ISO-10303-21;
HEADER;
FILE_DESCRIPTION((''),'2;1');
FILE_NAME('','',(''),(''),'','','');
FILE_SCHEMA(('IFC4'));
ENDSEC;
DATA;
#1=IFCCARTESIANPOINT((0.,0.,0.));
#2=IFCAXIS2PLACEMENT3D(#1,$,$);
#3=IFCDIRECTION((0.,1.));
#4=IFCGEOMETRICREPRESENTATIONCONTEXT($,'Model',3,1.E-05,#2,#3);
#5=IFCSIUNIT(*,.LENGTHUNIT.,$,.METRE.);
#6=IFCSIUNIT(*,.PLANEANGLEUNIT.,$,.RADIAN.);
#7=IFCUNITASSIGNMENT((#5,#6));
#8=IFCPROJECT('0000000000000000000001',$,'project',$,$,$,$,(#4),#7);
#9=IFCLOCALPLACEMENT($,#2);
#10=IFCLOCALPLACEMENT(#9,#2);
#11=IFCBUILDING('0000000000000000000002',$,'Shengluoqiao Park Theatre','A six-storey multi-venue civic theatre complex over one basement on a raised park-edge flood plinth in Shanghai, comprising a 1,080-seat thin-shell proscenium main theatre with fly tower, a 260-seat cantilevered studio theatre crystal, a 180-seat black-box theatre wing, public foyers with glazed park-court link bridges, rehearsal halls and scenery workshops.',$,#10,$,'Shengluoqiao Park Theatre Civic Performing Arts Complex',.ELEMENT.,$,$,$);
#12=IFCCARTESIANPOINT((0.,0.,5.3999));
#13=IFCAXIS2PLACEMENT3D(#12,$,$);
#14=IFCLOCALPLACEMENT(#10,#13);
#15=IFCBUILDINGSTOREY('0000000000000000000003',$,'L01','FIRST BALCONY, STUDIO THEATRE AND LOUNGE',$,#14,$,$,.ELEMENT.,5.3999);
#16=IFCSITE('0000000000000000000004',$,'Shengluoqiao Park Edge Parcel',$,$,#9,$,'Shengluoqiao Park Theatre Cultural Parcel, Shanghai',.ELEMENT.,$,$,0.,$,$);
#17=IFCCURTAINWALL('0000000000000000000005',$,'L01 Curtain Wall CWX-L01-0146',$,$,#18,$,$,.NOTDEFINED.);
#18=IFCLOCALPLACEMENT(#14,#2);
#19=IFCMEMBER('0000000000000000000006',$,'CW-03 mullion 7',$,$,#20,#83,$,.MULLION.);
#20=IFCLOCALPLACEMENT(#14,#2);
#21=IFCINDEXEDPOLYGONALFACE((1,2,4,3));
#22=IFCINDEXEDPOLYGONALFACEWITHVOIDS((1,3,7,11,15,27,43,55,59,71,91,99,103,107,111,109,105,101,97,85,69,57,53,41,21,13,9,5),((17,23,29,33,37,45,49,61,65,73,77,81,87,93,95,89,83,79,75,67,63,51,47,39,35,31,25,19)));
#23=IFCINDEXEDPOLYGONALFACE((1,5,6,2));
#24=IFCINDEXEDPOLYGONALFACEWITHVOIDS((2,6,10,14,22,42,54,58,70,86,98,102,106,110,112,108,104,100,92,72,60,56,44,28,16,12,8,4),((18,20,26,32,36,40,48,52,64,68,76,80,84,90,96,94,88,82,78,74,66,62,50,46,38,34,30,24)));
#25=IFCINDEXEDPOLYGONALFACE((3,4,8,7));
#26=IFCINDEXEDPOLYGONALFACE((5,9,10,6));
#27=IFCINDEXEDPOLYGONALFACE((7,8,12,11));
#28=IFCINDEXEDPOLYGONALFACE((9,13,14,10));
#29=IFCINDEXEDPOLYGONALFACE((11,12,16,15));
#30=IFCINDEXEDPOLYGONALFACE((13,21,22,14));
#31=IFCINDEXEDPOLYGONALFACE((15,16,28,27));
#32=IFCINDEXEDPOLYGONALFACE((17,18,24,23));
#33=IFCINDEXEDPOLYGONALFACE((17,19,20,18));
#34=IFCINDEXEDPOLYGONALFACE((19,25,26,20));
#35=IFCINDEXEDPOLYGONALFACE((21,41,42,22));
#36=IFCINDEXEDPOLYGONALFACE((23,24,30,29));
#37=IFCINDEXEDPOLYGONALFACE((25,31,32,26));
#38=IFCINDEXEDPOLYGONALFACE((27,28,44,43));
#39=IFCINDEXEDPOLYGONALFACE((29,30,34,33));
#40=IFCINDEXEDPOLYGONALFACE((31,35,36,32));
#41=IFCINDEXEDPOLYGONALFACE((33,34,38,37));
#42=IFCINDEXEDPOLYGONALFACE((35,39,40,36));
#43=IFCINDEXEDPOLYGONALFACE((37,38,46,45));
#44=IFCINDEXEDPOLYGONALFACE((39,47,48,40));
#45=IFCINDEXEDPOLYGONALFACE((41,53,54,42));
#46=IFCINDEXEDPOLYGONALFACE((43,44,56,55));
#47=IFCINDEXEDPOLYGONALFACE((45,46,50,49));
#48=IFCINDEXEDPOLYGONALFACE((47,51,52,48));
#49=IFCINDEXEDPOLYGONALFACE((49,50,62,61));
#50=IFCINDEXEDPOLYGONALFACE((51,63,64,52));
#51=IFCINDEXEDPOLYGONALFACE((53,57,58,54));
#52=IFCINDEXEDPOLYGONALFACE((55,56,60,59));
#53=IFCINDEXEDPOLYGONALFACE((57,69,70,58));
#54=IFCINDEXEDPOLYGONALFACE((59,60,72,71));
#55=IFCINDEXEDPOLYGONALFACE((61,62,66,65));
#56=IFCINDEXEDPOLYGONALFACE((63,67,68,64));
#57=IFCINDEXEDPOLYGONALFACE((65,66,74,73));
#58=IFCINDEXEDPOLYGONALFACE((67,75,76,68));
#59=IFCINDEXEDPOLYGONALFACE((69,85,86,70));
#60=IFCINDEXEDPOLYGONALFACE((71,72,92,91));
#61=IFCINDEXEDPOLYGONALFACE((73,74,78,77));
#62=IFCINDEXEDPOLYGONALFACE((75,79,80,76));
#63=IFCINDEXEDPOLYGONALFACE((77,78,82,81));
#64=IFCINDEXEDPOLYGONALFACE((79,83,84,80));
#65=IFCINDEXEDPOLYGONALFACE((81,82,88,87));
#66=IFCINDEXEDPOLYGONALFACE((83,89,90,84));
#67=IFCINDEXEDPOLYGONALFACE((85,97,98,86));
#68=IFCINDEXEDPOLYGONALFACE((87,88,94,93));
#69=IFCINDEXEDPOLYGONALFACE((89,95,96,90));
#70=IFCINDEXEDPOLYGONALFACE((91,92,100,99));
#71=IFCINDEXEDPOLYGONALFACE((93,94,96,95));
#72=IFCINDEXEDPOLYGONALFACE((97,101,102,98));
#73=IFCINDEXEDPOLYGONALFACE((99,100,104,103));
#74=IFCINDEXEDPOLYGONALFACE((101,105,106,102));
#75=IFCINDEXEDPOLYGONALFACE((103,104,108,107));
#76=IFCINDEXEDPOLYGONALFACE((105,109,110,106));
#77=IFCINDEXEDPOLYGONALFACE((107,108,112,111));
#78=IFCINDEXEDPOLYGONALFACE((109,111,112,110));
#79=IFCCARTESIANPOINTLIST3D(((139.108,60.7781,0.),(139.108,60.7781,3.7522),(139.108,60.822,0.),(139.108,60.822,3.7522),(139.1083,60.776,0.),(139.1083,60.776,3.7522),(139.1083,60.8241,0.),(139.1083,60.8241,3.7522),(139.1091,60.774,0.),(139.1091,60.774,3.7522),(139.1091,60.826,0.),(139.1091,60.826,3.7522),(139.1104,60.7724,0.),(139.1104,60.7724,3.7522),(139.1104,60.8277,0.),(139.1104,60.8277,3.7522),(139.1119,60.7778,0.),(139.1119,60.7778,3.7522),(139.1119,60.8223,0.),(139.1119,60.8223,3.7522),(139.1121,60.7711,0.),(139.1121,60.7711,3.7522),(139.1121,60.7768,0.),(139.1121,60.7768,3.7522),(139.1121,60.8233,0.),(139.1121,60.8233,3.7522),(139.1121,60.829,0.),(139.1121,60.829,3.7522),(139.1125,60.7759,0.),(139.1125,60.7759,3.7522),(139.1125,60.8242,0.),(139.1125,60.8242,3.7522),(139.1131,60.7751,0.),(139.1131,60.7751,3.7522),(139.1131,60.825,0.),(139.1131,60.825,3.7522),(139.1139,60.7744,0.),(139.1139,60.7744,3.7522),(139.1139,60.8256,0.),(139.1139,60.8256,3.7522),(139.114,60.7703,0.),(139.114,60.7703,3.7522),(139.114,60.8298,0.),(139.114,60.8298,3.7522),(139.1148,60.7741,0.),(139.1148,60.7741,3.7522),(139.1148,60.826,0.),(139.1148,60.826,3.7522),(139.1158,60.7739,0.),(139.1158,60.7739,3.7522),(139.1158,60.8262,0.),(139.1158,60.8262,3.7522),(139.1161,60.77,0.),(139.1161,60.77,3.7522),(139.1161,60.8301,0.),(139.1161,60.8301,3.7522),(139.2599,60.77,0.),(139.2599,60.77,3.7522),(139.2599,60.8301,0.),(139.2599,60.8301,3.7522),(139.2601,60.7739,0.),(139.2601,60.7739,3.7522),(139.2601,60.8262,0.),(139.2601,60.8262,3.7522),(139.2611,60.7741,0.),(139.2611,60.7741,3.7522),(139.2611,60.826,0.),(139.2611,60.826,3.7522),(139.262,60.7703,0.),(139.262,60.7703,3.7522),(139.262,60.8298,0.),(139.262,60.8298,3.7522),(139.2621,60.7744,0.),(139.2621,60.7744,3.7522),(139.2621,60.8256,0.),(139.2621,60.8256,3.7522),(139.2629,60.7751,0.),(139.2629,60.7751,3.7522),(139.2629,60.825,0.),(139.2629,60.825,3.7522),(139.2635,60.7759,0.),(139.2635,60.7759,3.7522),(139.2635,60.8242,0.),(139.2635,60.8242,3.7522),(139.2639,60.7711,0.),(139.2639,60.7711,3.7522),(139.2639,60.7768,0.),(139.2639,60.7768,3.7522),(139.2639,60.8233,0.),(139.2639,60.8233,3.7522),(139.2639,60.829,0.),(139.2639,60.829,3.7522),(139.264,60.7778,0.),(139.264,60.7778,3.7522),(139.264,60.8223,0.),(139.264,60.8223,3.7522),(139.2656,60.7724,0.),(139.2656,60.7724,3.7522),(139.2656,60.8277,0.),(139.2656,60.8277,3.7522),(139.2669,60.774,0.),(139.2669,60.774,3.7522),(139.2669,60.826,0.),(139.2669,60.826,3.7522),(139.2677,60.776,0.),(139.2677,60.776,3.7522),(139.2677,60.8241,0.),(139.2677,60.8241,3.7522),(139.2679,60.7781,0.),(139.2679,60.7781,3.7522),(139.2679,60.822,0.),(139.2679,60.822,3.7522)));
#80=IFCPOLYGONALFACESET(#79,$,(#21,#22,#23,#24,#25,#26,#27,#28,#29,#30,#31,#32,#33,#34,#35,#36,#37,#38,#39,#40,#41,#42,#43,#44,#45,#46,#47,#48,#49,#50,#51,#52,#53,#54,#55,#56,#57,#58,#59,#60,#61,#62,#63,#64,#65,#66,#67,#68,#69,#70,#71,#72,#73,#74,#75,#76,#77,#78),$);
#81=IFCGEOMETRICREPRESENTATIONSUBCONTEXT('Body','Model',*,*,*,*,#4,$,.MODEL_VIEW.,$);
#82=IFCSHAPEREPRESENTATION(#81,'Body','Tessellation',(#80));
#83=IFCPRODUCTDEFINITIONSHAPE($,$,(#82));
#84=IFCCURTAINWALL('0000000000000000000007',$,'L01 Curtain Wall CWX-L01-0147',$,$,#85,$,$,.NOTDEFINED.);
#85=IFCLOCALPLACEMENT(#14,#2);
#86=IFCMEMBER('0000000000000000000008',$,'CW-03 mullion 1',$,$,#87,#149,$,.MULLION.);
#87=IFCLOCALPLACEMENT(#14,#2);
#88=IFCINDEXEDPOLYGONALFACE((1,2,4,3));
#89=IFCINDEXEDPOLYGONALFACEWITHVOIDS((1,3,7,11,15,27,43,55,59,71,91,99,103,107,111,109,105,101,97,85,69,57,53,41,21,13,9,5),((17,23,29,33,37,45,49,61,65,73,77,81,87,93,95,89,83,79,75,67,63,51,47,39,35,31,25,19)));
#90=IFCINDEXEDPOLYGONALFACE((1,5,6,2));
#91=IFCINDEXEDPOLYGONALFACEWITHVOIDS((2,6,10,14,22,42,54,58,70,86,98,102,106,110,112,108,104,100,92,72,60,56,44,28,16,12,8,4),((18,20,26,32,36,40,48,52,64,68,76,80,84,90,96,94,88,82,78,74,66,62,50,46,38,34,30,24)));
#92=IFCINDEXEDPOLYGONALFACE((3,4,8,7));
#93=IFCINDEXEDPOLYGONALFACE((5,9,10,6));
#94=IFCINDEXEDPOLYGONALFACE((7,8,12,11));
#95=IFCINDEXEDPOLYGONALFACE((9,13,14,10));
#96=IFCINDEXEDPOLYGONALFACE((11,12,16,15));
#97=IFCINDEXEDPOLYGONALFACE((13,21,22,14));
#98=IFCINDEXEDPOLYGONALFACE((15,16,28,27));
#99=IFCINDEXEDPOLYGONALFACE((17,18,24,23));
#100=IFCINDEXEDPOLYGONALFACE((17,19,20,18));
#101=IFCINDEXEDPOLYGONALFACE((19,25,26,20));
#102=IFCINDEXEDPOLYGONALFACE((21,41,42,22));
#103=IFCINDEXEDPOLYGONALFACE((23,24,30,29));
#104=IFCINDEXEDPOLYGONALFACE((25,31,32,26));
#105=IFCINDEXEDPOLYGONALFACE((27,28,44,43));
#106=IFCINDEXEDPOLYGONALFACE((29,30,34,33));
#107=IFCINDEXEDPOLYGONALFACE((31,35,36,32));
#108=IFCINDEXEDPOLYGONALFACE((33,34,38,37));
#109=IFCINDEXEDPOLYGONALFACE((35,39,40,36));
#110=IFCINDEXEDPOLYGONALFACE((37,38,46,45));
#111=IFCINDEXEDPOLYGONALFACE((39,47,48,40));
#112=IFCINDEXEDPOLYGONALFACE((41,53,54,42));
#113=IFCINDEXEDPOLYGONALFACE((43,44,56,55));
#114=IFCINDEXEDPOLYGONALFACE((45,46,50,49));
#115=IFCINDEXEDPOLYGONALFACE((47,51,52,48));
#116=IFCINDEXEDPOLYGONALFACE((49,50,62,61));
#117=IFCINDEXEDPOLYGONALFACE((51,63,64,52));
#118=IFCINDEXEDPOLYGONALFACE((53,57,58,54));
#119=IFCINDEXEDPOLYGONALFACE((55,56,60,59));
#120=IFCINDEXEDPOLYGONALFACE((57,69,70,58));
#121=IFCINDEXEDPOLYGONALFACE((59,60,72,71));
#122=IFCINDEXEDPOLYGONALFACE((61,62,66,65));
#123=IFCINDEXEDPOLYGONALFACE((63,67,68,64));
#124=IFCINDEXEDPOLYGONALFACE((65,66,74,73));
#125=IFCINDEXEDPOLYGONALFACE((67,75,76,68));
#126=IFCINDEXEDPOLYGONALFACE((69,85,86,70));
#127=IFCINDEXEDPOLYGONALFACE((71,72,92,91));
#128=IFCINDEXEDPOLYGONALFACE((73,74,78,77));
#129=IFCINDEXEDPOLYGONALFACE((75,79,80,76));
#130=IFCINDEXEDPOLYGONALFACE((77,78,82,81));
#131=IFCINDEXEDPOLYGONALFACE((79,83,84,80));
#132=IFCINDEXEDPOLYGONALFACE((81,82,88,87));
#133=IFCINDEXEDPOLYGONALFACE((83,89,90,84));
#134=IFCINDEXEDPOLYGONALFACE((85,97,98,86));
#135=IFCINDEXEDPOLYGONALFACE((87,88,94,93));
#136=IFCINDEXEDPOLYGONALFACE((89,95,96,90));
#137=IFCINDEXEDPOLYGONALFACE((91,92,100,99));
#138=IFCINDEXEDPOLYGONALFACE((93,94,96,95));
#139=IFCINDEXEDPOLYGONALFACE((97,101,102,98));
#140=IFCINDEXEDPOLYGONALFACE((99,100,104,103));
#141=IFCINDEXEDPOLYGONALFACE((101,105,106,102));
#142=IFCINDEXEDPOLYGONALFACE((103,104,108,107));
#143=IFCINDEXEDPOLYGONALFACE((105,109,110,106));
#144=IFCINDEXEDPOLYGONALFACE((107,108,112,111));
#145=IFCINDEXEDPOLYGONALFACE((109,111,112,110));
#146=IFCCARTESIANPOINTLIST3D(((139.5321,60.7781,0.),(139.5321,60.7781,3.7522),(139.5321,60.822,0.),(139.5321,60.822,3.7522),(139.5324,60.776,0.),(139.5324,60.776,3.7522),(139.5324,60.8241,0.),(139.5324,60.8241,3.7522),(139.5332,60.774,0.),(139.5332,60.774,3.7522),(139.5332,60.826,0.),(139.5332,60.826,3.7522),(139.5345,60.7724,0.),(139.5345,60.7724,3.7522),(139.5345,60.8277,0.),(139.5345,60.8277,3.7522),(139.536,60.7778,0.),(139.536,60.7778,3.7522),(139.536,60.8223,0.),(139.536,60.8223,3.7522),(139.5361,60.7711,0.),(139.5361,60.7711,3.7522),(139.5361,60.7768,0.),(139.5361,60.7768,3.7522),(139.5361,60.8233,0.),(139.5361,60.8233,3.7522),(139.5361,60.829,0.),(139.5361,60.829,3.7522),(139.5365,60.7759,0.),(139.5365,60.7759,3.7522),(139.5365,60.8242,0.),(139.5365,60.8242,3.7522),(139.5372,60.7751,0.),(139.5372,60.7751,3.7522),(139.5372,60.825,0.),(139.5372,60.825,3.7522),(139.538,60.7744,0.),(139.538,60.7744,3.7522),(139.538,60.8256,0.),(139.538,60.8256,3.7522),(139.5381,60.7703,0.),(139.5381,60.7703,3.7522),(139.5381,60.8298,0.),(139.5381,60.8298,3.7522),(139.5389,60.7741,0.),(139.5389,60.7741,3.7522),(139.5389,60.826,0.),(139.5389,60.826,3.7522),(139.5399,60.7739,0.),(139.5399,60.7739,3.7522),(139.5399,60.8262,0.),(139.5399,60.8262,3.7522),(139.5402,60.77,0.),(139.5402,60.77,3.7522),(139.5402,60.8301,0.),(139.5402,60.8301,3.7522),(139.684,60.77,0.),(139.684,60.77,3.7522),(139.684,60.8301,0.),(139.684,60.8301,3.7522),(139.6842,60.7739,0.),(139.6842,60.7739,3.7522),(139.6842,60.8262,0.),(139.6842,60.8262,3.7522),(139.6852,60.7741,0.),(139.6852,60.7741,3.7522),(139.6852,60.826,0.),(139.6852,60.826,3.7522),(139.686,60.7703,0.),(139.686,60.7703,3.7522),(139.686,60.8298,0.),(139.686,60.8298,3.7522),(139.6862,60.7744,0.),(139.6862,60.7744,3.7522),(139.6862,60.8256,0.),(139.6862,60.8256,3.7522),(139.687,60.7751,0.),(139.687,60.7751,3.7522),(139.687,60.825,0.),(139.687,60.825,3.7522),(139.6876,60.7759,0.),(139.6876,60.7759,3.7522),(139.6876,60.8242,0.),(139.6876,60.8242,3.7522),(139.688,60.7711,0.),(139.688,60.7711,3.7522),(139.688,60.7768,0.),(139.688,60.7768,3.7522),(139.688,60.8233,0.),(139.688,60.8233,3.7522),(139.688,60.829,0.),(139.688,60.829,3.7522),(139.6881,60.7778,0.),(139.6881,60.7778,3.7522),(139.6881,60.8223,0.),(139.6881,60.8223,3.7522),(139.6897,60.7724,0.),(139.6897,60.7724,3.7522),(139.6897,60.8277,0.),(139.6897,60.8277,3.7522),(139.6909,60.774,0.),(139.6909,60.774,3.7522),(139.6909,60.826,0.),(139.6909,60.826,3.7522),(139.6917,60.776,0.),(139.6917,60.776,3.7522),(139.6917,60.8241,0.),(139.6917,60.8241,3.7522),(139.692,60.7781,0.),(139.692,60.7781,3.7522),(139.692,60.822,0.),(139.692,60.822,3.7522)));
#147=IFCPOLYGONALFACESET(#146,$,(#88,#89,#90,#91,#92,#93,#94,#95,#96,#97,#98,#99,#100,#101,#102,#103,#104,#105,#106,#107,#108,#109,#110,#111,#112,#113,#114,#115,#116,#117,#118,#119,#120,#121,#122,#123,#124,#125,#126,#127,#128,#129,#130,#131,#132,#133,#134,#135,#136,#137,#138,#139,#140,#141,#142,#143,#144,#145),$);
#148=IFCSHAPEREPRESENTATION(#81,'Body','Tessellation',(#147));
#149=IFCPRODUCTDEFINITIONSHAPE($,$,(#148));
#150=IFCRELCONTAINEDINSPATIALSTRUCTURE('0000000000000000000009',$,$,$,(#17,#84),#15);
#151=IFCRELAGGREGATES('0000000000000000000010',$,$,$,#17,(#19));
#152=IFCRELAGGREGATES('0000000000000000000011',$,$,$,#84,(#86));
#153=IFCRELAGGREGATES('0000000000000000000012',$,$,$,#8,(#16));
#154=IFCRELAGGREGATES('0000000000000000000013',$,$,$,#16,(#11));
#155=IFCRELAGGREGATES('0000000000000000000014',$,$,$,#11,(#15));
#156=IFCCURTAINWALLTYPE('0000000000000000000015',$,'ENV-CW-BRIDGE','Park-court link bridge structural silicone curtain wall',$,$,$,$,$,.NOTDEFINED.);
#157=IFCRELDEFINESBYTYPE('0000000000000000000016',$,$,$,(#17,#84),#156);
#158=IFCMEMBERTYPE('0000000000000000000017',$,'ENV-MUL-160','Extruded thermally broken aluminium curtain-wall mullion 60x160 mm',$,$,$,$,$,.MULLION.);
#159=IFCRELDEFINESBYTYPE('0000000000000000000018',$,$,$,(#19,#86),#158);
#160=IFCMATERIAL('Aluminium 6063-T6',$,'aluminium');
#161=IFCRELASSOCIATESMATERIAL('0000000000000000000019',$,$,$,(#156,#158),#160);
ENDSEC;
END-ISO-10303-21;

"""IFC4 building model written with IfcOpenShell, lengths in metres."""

from ifc_helpers import new_model, si_unit, direction, frame, origin, origin_2d, place, context, subcontext, project, spatial, hollow_rectangle, extrude, material, material_profile, profile_set, type_object, element, aggregate, save


model = new_model("IFC4")

# Units and contexts
model_context = context("Model", 3, precision=1e-05, world=origin(), true_north=direction((0.0, 1.0)))
body_context = subcontext(model_context, "Body", "Model", "MODEL_VIEW")
ifc_project = project(units=[si_unit("LENGTHUNIT", "METRE"), si_unit("PLANEANGLEUNIT", "RADIAN")], contexts=[model_context])

# Site, building, storey
site_placement = place(None, origin())
site = spatial("IfcSite", under=ifc_project, at=site_placement, Name="Shengluoqiao Park Edge Parcel", LongName="Shengluoqiao Park Theatre Cultural Parcel, Shanghai", CompositionType="ELEMENT", RefElevation=0.0)
building_placement = place(site_placement, origin())
building = spatial("IfcBuilding", under=site, at=building_placement, Name="Shengluoqiao Park Theatre", Description="A six-storey multi-venue civic theatre complex over one basement on a raised park-edge flood plinth in Shanghai, comprising a 1,080-seat thin-shell proscenium main theatre with fly tower, a 260-seat cantilevered studio theatre crystal, a 180-seat black-box theatre wing, public foyers with glazed park-court link bridges, rehearsal halls and scenery workshops.", LongName="Shengluoqiao Park Theatre Civic Performing Arts Complex", CompositionType="ELEMENT")
storey_placement = place(building_placement, frame((0.0, 0.0, 5.3999)))
storey = spatial("IfcBuildingStorey", under=building, at=storey_placement, Name="L01", Description="FIRST BALCONY, STUDIO THEATRE AND LOUNGE", CompositionType="ELEMENT", Elevation=5.3999)

# Curtain walls, members
ifc_material_1 = material(Name="Aluminium 6063-T6", Category="aluminium")
curtain_wall_type = type_object("IfcCurtainWallType", Name="ENV-CW-BRIDGE", Description="Park-court link bridge structural silicone curtain wall", PredefinedType="NOTDEFINED", material=ifc_material_1)
curtain_wall_1_placement = place(storey_placement, origin())
curtain_wall_1 = element("IfcCurtainWall", 1, at=curtain_wall_1_placement, inside=storey, type_object=curtain_wall_type, Name="L01 Curtain Wall CWX-L01-0146", PredefinedType="NOTDEFINED")
ifc_material_profile_1 = material_profile(ifc_material_1, hollow_rectangle(XDim=0.0601, YDim=0.1599, WallThickness=0.0039, InnerFilletRadius=0.0039, OuterFilletRadius=0.0081, at=origin_2d()), Name="ALU MULLION 160x60x4")
ifc_profile_set_1 = profile_set([ifc_material_profile_1], Name="Aluminium 6063-T6")
member_type_1 = type_object("IfcMemberType", Name="ENV-MUL-160", Description="Extruded thermally broken aluminium curtain-wall mullion 60x160 mm", PredefinedType="MULLION", material=ifc_profile_set_1)
member_1_placement = place(storey_placement, frame((139.188, 60.8, 0.0), z_axis=(0.0, 0.0, 1.0), x_axis=(0.0, 1.0, 0.0)))
member_1 = element("IfcMember", 2, at=member_1_placement, type_object=member_type_1, Name="CW-03 mullion 7", PredefinedType="MULLION", context=body_context, shape_type="SweptSolid", body=[
    extrude(hollow_rectangle(XDim=0.0601, YDim=0.1599, WallThickness=0.0039, InnerFilletRadius=0.0039, OuterFilletRadius=0.0081, at=origin_2d()), origin(), (0.0, 0.0, 1.0), 3.7522),
])
curtain_wall_2_placement = place(storey_placement, origin())
curtain_wall_2 = element("IfcCurtainWall", 3, at=curtain_wall_2_placement, inside=storey, type_object=curtain_wall_type, Name="L01 Curtain Wall CWX-L01-0147", PredefinedType="NOTDEFINED")
member_2_placement = place(storey_placement, frame((139.6121, 60.8, 0.0), z_axis=(0.0, 0.0, 1.0), x_axis=(0.0, 1.0, 0.0)))
member_2 = element("IfcMember", 4, at=member_2_placement, type_object=member_type_1, Name="CW-03 mullion 1", PredefinedType="MULLION", context=body_context, shape_type="SweptSolid", body=[
    extrude(hollow_rectangle(XDim=0.0601, YDim=0.1599, WallThickness=0.0039, InnerFilletRadius=0.0039, OuterFilletRadius=0.0081, at=origin_2d()), origin(), (0.0, 0.0, 1.0), 3.7522),
])

aggregate(curtain_wall_1, [member_1])
aggregate(curtain_wall_2, [member_2])

save(model, "model.ifc")
